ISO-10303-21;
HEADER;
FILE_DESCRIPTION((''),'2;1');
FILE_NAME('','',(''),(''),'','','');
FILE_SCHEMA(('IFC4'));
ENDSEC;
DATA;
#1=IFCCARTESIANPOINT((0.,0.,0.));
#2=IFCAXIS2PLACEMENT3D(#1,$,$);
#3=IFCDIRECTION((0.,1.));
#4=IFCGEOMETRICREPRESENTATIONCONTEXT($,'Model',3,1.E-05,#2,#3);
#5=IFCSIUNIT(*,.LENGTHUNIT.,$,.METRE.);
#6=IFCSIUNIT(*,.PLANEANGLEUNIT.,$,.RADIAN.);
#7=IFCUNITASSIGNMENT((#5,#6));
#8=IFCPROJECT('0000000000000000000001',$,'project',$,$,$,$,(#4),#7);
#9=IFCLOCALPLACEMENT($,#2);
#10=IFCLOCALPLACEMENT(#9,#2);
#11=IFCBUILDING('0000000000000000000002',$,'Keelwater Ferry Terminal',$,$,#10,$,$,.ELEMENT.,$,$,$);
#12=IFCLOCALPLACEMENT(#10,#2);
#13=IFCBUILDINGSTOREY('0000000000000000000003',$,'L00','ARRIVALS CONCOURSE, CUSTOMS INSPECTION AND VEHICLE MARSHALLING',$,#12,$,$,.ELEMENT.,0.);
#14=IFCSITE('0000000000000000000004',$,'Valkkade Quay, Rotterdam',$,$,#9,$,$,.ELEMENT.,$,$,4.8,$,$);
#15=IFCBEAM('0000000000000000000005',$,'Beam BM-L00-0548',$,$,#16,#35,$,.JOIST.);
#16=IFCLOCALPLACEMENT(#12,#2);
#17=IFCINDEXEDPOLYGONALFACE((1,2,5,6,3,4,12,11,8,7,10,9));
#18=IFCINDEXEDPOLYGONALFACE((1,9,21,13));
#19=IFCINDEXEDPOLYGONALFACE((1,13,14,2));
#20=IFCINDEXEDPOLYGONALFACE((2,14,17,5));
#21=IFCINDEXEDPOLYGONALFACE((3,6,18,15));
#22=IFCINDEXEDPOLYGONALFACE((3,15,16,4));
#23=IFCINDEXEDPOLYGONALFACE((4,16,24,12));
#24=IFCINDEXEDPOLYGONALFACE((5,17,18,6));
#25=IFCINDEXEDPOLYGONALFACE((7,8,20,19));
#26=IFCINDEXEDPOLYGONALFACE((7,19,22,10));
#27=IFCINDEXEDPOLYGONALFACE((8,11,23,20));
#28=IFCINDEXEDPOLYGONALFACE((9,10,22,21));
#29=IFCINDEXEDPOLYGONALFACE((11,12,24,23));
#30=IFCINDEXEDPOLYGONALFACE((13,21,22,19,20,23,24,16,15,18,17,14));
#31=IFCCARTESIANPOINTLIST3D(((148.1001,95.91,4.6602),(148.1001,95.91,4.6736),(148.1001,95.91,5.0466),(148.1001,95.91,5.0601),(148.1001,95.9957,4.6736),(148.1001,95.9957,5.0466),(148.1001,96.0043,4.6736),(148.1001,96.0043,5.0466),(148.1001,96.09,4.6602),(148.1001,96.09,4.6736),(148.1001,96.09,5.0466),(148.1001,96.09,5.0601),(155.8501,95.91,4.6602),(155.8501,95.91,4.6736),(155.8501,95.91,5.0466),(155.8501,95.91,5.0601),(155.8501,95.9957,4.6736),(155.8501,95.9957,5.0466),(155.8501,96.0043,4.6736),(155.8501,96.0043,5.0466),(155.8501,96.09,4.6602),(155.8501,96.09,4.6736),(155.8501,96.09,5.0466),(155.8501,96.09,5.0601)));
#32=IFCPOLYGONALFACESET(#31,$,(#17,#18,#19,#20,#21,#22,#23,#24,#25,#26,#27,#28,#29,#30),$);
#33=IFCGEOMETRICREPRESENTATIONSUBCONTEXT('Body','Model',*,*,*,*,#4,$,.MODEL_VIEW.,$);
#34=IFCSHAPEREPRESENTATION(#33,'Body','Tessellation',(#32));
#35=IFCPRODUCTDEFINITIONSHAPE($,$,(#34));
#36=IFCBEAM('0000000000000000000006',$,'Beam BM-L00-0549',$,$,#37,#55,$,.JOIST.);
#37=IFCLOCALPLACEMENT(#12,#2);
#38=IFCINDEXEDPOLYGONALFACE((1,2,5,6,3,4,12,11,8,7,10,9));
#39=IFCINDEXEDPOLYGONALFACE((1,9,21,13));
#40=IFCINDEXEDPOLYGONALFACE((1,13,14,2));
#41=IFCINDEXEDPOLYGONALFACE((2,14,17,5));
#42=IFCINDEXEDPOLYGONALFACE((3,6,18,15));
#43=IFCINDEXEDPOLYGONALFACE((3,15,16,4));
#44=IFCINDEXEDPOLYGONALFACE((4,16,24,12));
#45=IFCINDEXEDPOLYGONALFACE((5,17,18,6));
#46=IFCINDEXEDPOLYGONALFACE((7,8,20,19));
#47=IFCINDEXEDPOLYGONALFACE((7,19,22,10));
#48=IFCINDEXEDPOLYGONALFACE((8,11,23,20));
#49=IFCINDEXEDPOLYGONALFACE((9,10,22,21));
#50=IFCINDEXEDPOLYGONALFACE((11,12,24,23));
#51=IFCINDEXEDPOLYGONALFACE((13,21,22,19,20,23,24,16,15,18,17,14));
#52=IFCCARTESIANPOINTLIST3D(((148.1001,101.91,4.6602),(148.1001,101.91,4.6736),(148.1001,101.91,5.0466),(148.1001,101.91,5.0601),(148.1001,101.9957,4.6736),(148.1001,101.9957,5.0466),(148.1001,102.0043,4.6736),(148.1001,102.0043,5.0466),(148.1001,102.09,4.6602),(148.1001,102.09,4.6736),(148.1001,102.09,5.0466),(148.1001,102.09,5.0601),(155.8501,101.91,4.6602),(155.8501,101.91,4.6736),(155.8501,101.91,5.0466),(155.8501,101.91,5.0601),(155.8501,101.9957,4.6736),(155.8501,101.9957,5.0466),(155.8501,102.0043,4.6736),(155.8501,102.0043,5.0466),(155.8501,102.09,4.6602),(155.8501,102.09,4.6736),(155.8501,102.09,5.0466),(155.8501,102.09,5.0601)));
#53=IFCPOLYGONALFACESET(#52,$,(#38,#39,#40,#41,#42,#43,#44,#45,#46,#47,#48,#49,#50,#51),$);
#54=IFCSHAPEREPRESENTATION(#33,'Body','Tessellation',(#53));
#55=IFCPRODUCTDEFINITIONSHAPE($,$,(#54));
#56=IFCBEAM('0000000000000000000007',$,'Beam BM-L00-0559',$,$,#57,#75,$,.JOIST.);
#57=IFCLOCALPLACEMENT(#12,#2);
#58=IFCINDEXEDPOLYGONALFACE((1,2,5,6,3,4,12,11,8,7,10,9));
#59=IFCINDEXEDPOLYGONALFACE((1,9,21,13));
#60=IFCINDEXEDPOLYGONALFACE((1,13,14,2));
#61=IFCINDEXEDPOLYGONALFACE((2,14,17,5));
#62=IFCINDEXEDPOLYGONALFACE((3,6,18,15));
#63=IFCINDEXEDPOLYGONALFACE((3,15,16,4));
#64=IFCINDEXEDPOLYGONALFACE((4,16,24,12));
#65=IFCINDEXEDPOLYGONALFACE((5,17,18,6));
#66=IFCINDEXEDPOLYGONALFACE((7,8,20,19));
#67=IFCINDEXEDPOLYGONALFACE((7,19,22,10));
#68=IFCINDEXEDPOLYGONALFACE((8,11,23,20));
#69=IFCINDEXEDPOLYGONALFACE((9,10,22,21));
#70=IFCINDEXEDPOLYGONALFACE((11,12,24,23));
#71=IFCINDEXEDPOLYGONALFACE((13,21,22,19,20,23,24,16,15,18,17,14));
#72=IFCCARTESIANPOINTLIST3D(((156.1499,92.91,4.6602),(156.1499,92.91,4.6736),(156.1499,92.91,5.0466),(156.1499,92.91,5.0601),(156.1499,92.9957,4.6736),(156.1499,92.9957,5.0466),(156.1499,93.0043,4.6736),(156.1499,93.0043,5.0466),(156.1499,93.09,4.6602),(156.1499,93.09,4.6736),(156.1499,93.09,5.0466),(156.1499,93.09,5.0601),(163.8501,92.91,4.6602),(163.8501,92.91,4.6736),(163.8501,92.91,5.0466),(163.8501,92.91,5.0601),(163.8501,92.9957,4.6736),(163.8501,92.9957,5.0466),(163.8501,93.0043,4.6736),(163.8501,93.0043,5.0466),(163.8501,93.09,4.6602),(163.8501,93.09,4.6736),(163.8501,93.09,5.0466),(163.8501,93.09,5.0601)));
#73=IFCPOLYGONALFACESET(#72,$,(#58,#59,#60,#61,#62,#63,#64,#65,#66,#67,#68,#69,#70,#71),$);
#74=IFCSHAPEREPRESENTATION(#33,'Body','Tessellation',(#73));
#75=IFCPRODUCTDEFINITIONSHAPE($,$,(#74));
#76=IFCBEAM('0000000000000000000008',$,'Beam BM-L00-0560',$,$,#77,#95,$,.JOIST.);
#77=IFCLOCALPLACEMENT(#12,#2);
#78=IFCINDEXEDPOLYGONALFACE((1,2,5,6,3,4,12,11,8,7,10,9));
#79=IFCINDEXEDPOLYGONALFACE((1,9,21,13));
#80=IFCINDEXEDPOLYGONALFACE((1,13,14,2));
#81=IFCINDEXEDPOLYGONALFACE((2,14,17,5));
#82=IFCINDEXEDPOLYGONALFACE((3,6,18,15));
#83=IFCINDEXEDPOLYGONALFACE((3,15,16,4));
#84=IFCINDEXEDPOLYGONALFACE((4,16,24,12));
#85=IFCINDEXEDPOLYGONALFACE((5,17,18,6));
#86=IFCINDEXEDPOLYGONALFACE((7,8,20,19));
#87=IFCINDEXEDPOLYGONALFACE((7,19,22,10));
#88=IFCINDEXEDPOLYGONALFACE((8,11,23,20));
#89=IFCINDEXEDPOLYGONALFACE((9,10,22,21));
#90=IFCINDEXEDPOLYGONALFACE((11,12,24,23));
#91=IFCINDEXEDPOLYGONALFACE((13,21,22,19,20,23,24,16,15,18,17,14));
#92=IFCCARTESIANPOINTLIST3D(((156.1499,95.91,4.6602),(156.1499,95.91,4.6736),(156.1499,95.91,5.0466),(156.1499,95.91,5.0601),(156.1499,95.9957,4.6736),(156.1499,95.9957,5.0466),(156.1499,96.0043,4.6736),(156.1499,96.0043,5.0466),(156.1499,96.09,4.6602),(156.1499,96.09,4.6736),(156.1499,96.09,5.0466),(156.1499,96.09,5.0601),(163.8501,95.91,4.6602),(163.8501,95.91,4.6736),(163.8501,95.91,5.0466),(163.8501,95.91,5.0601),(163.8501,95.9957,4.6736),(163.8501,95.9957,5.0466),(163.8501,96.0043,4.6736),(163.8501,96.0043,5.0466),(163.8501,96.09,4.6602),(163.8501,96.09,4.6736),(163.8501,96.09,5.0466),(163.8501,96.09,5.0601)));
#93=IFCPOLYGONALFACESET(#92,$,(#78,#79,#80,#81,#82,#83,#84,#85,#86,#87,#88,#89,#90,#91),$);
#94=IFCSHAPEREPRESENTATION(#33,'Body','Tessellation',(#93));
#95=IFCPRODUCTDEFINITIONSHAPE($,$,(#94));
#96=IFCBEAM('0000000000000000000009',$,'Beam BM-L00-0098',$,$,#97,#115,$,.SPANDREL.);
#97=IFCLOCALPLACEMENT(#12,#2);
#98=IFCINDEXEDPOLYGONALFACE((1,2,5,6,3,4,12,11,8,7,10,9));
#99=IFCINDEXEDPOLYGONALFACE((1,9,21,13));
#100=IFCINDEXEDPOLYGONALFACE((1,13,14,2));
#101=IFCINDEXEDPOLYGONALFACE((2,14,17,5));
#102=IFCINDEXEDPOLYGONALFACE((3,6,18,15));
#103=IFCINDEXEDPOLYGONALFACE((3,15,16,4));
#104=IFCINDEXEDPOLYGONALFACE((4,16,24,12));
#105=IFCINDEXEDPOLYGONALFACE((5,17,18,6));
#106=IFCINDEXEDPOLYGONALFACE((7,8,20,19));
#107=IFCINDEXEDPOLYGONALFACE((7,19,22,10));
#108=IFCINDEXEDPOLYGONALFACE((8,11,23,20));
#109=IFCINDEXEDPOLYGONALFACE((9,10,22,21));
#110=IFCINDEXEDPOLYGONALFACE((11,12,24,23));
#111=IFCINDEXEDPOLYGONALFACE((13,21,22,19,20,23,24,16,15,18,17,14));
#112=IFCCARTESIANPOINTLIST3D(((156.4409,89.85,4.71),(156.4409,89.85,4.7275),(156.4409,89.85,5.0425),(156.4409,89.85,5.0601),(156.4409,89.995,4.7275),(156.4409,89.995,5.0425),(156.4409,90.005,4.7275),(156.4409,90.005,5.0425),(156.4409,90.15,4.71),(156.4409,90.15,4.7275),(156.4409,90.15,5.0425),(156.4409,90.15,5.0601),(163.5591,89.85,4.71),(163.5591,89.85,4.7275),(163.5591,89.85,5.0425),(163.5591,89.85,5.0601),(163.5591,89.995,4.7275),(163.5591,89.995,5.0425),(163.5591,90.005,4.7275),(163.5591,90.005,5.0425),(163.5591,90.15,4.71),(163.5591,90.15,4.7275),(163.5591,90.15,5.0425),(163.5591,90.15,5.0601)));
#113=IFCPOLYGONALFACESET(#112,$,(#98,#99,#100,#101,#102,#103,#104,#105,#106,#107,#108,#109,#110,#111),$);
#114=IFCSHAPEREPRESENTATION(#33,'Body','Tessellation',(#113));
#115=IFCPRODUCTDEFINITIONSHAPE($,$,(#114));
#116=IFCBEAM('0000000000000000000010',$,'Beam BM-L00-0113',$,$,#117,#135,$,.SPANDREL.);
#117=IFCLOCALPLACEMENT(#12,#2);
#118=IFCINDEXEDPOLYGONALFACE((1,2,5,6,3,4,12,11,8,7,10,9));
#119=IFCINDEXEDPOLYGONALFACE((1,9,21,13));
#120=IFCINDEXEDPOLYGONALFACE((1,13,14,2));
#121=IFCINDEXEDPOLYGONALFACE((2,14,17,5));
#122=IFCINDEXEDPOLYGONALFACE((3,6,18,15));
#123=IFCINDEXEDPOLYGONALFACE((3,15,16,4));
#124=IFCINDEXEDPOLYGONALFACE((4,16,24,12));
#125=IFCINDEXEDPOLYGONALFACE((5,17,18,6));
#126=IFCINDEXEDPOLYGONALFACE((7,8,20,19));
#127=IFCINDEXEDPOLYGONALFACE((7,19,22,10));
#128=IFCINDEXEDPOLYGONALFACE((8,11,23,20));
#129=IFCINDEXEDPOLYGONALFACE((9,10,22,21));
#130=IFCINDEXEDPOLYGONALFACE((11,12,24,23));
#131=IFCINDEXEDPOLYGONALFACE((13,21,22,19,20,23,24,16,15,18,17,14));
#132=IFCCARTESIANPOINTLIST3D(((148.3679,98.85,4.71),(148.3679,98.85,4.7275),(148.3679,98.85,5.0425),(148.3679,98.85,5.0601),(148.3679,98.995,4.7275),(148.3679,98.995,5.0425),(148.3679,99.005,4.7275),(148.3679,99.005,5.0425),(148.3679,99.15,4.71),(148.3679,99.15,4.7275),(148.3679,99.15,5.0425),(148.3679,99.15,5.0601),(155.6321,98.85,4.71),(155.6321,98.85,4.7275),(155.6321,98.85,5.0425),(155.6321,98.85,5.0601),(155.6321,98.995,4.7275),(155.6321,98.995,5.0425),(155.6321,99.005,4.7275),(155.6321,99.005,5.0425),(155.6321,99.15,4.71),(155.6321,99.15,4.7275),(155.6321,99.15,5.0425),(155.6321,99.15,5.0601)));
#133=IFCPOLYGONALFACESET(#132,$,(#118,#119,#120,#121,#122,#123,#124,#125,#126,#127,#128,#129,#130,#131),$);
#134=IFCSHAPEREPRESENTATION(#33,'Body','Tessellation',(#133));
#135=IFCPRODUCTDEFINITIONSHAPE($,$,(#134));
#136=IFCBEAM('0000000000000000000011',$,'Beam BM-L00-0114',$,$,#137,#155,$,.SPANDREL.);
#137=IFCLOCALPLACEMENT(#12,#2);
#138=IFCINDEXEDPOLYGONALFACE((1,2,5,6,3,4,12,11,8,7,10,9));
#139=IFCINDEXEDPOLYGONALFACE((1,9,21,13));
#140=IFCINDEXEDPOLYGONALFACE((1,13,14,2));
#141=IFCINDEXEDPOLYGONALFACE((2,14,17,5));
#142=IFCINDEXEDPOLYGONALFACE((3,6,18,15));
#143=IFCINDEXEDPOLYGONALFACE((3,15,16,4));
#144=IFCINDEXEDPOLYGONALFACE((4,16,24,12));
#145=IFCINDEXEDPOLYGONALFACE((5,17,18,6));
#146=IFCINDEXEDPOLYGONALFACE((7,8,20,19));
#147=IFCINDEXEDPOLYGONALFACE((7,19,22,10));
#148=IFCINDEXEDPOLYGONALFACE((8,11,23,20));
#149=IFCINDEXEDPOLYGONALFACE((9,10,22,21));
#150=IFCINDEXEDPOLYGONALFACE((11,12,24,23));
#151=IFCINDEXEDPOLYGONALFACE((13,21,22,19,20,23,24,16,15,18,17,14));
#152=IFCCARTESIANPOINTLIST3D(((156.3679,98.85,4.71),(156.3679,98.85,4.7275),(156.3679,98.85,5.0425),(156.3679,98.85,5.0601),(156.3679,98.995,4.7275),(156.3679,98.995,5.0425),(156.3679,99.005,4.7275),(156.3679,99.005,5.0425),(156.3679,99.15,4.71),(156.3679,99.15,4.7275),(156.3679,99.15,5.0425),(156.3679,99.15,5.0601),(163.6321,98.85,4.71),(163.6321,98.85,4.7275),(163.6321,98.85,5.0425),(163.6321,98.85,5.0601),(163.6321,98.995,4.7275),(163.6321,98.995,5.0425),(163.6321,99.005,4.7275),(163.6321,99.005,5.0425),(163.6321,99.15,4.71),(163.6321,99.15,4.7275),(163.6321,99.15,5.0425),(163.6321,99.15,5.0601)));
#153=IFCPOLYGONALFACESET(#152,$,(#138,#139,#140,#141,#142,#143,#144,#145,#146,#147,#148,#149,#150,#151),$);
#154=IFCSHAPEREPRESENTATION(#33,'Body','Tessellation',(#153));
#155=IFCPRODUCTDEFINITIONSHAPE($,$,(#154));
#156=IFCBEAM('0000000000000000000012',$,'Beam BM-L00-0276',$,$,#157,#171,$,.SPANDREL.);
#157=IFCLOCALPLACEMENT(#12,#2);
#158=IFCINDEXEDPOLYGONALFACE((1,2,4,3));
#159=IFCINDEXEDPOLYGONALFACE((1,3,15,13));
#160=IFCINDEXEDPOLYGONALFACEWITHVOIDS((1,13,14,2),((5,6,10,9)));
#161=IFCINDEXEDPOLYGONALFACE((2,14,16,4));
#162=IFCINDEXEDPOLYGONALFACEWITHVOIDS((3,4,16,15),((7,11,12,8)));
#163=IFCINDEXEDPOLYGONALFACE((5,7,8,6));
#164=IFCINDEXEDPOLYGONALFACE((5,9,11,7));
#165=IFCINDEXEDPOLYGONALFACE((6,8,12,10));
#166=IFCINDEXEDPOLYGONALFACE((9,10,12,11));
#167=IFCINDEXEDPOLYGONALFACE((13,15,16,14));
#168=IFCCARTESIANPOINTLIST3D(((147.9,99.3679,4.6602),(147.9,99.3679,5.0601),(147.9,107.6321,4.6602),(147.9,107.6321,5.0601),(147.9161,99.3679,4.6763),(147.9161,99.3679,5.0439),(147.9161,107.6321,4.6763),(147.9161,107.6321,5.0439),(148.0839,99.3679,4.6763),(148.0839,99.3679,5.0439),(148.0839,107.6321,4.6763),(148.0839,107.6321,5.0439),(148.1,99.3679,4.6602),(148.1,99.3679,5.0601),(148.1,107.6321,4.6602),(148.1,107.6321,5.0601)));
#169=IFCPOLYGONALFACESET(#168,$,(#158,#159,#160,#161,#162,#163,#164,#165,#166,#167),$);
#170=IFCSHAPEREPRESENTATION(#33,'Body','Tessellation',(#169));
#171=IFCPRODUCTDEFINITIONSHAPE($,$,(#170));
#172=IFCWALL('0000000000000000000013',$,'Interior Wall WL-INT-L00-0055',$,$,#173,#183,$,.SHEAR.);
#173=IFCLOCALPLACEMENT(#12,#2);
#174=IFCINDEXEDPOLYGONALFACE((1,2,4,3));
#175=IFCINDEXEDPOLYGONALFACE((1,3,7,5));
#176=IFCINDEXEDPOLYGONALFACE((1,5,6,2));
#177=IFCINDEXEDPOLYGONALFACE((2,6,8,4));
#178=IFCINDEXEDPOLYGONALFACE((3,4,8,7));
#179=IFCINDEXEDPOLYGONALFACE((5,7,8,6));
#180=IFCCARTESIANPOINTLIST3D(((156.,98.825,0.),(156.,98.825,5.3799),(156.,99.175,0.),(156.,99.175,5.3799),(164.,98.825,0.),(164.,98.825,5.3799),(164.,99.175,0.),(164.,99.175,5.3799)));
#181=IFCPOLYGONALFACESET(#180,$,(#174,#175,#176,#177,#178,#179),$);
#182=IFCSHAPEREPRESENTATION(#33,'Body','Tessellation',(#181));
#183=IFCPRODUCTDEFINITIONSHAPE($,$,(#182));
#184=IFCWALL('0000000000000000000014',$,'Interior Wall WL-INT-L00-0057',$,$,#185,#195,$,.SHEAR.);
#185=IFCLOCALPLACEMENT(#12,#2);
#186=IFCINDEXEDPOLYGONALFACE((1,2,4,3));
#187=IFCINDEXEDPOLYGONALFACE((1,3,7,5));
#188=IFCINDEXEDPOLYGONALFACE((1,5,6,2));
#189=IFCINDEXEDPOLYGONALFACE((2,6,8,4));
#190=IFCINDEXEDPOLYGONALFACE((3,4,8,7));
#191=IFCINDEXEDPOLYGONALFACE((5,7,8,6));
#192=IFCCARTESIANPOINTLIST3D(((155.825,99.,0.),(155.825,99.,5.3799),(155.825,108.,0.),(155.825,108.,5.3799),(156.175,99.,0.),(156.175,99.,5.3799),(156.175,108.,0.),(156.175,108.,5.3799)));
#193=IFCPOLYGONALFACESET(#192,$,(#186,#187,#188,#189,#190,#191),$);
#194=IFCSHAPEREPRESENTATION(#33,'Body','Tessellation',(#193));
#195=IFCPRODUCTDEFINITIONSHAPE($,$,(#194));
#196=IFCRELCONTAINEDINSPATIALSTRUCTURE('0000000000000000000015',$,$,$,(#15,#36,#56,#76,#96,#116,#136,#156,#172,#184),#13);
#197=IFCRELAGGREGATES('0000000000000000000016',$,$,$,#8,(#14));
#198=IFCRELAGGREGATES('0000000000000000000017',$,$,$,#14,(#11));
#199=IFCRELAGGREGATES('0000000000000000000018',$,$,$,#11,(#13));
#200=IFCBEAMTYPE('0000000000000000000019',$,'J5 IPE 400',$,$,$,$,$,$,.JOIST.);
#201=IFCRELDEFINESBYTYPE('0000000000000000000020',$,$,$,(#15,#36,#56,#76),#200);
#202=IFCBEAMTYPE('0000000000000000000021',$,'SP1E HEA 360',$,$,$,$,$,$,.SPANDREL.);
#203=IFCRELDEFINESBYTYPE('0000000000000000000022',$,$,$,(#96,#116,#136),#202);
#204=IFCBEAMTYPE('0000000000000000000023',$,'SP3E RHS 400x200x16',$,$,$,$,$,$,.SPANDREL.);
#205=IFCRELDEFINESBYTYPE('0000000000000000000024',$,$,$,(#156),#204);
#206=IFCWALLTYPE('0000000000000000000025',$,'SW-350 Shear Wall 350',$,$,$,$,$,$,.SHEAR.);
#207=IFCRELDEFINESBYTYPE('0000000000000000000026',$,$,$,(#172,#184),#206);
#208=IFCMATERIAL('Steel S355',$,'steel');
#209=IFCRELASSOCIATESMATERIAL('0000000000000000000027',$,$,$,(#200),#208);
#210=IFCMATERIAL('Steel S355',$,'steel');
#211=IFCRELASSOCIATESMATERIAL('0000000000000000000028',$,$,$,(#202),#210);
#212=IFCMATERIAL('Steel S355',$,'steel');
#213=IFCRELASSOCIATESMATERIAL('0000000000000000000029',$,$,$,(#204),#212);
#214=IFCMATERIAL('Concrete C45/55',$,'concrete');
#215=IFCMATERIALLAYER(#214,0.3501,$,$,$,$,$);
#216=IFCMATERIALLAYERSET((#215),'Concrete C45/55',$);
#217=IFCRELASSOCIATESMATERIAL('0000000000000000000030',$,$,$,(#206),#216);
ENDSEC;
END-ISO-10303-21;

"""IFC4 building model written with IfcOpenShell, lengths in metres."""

from ifc_helpers import new_model, si_unit, direction, frame, frame_2d, origin, origin_2d, place, context, subcontext, project, spatial, rectangle, hollow_rectangle, i_section, extrude, material, layer, layer_set, material_profile, profile_set, type_object, element, save


model = new_model("IFC4")

# Units and contexts
model_context = context("Model", 3, precision=1e-05, world=origin(), true_north=direction((0.0, 1.0)))
body_context = subcontext(model_context, "Body", "Model", "MODEL_VIEW")
ifc_project = project(units=[si_unit("LENGTHUNIT", "METRE"), si_unit("PLANEANGLEUNIT", "RADIAN")], contexts=[model_context])

# Site, building, storey
site_placement = place(None, origin())
site = spatial("IfcSite", under=ifc_project, at=site_placement, Name="Valkkade Quay, Rotterdam", CompositionType="ELEMENT", RefElevation=4.8)
building_placement = place(site_placement, origin())
building = spatial("IfcBuilding", under=site, at=building_placement, Name="Keelwater Ferry Terminal", CompositionType="ELEMENT")
storey_placement = place(building_placement, origin())
storey = spatial("IfcBuildingStorey", under=building, at=storey_placement, Name="L00", Description="ARRIVALS CONCOURSE, CUSTOMS INSPECTION AND VEHICLE MARSHALLING", CompositionType="ELEMENT", Elevation=0.0)

# Beams
ifc_material_1 = material(Name="Steel S355", Category="steel")
ifc_material_profile_1 = material_profile(ifc_material_1, i_section(OverallWidth=0.1799, OverallDepth=0.3999, WebThickness=0.0085, FlangeThickness=0.0134, at=origin_2d()), Name="IPE 400")
ifc_profile_set_1 = profile_set([ifc_material_profile_1], Name="Steel S355")
beam_type_1 = type_object("IfcBeamType", Name="J5 IPE 400", PredefinedType="JOIST", material=ifc_profile_set_1)
for number, where, z_axis, x_axis, name in (
    (1, (148.1001, 96.0, 4.8601), (1.0, 0.0, 0.0), (0.0, 1.0, 0.0), "Beam BM-L00-0548"),
    (2, (148.1001, 102.0, 4.8601), (1.0, 0.0, 0.0), (0.0, 1.0, 0.0), "Beam BM-L00-0549"),
):
    element("IfcBeam", number, at=place(storey_placement, frame(where, z_axis=z_axis, x_axis=x_axis)), inside=storey, type_object=beam_type_1, Name=name, PredefinedType="JOIST", context=body_context, shape_type="SweptSolid", body=[
        extrude(i_section(OverallWidth=0.1799, OverallDepth=0.3999, WebThickness=0.0085, FlangeThickness=0.0134, at=origin_2d()), origin(), (0.0, 0.0, 1.0), 7.75),
    ])
for number, where, z_axis, x_axis, name in (
    (3, (156.1499, 93.0, 4.8601), (1.0, 0.0, 0.0), (0.0, 1.0, 0.0), "Beam BM-L00-0559"),
    (4, (156.1499, 96.0, 4.8601), (1.0, 0.0, 0.0), (0.0, 1.0, 0.0), "Beam BM-L00-0560"),
):
    element("IfcBeam", number, at=place(storey_placement, frame(where, z_axis=z_axis, x_axis=x_axis)), inside=storey, type_object=beam_type_1, Name=name, PredefinedType="JOIST", context=body_context, shape_type="SweptSolid", body=[
        extrude(i_section(OverallWidth=0.1799, OverallDepth=0.3999, WebThickness=0.0085, FlangeThickness=0.0134, at=origin_2d()), origin(), (0.0, 0.0, 1.0), 7.7002),
    ])
ifc_material_2 = material(Name="Steel S355", Category="steel")
ifc_material_profile_2 = material_profile(ifc_material_2, i_section(OverallWidth=0.3, OverallDepth=0.3501, WebThickness=0.01, FlangeThickness=0.0176, at=origin_2d()), Name="HEA 360")
ifc_profile_set_2 = profile_set([ifc_material_profile_2], Name="Steel S355")
beam_type_2 = type_object("IfcBeamType", Name="SP1E HEA 360", PredefinedType="SPANDREL", material=ifc_profile_set_2)
beam_1_placement = place(storey_placement, frame((156.4409, 90.0, 4.885), z_axis=(1.0, 0.0, 0.0), x_axis=(0.0, 1.0, 0.0)))
element("IfcBeam", 5, at=beam_1_placement, inside=storey, type_object=beam_type_2, Name="Beam BM-L00-0098", PredefinedType="SPANDREL", context=body_context, shape_type="SweptSolid", body=[
    extrude(i_section(OverallWidth=0.3, OverallDepth=0.3501, WebThickness=0.01, FlangeThickness=0.0176, at=origin_2d()), origin(), (0.0, 0.0, 1.0), 7.1182),
])
for number, where, z_axis, x_axis, name in (
    (6, (148.3679, 99.0, 4.885), (1.0, 0.0, 0.0), (0.0, 1.0, 0.0), "Beam BM-L00-0113"),
    (7, (156.3679, 99.0, 4.885), (1.0, 0.0, 0.0), (0.0, 1.0, 0.0), "Beam BM-L00-0114"),
):
    element("IfcBeam", number, at=place(storey_placement, frame(where, z_axis=z_axis, x_axis=x_axis)), inside=storey, type_object=beam_type_2, Name=name, PredefinedType="SPANDREL", context=body_context, shape_type="SweptSolid", body=[
        extrude(i_section(OverallWidth=0.3, OverallDepth=0.3501, WebThickness=0.01, FlangeThickness=0.0176, at=origin_2d()), origin(), (0.0, 0.0, 1.0), 7.2642),
    ])
ifc_material_3 = material(Name="Steel S355", Category="steel")
ifc_material_profile_3 = material_profile(ifc_material_3, hollow_rectangle(XDim=0.2, YDim=0.3999, WallThickness=0.0161, at=origin_2d()), Name="RHS 400x200x16")
ifc_profile_set_3 = profile_set([ifc_material_profile_3], Name="Steel S355")
beam_type_3 = type_object("IfcBeamType", Name="SP3E RHS 400x200x16", PredefinedType="SPANDREL", material=ifc_profile_set_3)
beam_2_placement = place(storey_placement, frame((148.0, 99.3679, 4.8601), z_axis=(0.0, 1.0, 0.0), x_axis=(-1.0, 0.0, 0.0)))
element("IfcBeam", 8, at=beam_2_placement, inside=storey, type_object=beam_type_3, Name="Beam BM-L00-0276", PredefinedType="SPANDREL", context=body_context, shape_type="SweptSolid", body=[
    extrude(hollow_rectangle(XDim=0.2, YDim=0.3999, WallThickness=0.0161, at=origin_2d()), origin(), (0.0, 0.0, 1.0), 8.2642),
])

# Walls
ifc_material_4 = material(Name="Concrete C45/55", Category="concrete")
ifc_layer = layer(ifc_material_4, 0.3501)
ifc_layer_set = layer_set([ifc_layer], Name="Concrete C45/55")
wall_type = type_object("IfcWallType", Name="SW-350 Shear Wall 350", PredefinedType="SHEAR", material=ifc_layer_set)
wall_1_placement = place(storey_placement, frame((156.0, 99.0, 0.0), z_axis=(0.0, 0.0, 1.0), x_axis=(1.0, 0.0, 0.0)))
element("IfcWall", 9, at=wall_1_placement, inside=storey, type_object=wall_type, Name="Interior Wall WL-INT-L00-0055", PredefinedType="SHEAR", context=body_context, shape_type="SweptSolid", body=[
    extrude(rectangle(XDim=8.0, YDim=0.3501, at=frame_2d((4.0, 0.0))), origin(), (0.0, 0.0, 1.0), 5.3799),
])
wall_2_placement = place(storey_placement, frame((156.0, 99.0, 0.0), z_axis=(0.0, 0.0, 1.0), x_axis=(0.0, 1.0, 0.0)))
element("IfcWall", 10, at=wall_2_placement, inside=storey, type_object=wall_type, Name="Interior Wall WL-INT-L00-0057", PredefinedType="SHEAR", context=body_context, shape_type="SweptSolid", body=[
    extrude(rectangle(XDim=9.0, YDim=0.3501, at=frame_2d((4.5, 0.0))), origin(), (0.0, 0.0, 1.0), 5.3799),
])

save(model, "model.ifc")
